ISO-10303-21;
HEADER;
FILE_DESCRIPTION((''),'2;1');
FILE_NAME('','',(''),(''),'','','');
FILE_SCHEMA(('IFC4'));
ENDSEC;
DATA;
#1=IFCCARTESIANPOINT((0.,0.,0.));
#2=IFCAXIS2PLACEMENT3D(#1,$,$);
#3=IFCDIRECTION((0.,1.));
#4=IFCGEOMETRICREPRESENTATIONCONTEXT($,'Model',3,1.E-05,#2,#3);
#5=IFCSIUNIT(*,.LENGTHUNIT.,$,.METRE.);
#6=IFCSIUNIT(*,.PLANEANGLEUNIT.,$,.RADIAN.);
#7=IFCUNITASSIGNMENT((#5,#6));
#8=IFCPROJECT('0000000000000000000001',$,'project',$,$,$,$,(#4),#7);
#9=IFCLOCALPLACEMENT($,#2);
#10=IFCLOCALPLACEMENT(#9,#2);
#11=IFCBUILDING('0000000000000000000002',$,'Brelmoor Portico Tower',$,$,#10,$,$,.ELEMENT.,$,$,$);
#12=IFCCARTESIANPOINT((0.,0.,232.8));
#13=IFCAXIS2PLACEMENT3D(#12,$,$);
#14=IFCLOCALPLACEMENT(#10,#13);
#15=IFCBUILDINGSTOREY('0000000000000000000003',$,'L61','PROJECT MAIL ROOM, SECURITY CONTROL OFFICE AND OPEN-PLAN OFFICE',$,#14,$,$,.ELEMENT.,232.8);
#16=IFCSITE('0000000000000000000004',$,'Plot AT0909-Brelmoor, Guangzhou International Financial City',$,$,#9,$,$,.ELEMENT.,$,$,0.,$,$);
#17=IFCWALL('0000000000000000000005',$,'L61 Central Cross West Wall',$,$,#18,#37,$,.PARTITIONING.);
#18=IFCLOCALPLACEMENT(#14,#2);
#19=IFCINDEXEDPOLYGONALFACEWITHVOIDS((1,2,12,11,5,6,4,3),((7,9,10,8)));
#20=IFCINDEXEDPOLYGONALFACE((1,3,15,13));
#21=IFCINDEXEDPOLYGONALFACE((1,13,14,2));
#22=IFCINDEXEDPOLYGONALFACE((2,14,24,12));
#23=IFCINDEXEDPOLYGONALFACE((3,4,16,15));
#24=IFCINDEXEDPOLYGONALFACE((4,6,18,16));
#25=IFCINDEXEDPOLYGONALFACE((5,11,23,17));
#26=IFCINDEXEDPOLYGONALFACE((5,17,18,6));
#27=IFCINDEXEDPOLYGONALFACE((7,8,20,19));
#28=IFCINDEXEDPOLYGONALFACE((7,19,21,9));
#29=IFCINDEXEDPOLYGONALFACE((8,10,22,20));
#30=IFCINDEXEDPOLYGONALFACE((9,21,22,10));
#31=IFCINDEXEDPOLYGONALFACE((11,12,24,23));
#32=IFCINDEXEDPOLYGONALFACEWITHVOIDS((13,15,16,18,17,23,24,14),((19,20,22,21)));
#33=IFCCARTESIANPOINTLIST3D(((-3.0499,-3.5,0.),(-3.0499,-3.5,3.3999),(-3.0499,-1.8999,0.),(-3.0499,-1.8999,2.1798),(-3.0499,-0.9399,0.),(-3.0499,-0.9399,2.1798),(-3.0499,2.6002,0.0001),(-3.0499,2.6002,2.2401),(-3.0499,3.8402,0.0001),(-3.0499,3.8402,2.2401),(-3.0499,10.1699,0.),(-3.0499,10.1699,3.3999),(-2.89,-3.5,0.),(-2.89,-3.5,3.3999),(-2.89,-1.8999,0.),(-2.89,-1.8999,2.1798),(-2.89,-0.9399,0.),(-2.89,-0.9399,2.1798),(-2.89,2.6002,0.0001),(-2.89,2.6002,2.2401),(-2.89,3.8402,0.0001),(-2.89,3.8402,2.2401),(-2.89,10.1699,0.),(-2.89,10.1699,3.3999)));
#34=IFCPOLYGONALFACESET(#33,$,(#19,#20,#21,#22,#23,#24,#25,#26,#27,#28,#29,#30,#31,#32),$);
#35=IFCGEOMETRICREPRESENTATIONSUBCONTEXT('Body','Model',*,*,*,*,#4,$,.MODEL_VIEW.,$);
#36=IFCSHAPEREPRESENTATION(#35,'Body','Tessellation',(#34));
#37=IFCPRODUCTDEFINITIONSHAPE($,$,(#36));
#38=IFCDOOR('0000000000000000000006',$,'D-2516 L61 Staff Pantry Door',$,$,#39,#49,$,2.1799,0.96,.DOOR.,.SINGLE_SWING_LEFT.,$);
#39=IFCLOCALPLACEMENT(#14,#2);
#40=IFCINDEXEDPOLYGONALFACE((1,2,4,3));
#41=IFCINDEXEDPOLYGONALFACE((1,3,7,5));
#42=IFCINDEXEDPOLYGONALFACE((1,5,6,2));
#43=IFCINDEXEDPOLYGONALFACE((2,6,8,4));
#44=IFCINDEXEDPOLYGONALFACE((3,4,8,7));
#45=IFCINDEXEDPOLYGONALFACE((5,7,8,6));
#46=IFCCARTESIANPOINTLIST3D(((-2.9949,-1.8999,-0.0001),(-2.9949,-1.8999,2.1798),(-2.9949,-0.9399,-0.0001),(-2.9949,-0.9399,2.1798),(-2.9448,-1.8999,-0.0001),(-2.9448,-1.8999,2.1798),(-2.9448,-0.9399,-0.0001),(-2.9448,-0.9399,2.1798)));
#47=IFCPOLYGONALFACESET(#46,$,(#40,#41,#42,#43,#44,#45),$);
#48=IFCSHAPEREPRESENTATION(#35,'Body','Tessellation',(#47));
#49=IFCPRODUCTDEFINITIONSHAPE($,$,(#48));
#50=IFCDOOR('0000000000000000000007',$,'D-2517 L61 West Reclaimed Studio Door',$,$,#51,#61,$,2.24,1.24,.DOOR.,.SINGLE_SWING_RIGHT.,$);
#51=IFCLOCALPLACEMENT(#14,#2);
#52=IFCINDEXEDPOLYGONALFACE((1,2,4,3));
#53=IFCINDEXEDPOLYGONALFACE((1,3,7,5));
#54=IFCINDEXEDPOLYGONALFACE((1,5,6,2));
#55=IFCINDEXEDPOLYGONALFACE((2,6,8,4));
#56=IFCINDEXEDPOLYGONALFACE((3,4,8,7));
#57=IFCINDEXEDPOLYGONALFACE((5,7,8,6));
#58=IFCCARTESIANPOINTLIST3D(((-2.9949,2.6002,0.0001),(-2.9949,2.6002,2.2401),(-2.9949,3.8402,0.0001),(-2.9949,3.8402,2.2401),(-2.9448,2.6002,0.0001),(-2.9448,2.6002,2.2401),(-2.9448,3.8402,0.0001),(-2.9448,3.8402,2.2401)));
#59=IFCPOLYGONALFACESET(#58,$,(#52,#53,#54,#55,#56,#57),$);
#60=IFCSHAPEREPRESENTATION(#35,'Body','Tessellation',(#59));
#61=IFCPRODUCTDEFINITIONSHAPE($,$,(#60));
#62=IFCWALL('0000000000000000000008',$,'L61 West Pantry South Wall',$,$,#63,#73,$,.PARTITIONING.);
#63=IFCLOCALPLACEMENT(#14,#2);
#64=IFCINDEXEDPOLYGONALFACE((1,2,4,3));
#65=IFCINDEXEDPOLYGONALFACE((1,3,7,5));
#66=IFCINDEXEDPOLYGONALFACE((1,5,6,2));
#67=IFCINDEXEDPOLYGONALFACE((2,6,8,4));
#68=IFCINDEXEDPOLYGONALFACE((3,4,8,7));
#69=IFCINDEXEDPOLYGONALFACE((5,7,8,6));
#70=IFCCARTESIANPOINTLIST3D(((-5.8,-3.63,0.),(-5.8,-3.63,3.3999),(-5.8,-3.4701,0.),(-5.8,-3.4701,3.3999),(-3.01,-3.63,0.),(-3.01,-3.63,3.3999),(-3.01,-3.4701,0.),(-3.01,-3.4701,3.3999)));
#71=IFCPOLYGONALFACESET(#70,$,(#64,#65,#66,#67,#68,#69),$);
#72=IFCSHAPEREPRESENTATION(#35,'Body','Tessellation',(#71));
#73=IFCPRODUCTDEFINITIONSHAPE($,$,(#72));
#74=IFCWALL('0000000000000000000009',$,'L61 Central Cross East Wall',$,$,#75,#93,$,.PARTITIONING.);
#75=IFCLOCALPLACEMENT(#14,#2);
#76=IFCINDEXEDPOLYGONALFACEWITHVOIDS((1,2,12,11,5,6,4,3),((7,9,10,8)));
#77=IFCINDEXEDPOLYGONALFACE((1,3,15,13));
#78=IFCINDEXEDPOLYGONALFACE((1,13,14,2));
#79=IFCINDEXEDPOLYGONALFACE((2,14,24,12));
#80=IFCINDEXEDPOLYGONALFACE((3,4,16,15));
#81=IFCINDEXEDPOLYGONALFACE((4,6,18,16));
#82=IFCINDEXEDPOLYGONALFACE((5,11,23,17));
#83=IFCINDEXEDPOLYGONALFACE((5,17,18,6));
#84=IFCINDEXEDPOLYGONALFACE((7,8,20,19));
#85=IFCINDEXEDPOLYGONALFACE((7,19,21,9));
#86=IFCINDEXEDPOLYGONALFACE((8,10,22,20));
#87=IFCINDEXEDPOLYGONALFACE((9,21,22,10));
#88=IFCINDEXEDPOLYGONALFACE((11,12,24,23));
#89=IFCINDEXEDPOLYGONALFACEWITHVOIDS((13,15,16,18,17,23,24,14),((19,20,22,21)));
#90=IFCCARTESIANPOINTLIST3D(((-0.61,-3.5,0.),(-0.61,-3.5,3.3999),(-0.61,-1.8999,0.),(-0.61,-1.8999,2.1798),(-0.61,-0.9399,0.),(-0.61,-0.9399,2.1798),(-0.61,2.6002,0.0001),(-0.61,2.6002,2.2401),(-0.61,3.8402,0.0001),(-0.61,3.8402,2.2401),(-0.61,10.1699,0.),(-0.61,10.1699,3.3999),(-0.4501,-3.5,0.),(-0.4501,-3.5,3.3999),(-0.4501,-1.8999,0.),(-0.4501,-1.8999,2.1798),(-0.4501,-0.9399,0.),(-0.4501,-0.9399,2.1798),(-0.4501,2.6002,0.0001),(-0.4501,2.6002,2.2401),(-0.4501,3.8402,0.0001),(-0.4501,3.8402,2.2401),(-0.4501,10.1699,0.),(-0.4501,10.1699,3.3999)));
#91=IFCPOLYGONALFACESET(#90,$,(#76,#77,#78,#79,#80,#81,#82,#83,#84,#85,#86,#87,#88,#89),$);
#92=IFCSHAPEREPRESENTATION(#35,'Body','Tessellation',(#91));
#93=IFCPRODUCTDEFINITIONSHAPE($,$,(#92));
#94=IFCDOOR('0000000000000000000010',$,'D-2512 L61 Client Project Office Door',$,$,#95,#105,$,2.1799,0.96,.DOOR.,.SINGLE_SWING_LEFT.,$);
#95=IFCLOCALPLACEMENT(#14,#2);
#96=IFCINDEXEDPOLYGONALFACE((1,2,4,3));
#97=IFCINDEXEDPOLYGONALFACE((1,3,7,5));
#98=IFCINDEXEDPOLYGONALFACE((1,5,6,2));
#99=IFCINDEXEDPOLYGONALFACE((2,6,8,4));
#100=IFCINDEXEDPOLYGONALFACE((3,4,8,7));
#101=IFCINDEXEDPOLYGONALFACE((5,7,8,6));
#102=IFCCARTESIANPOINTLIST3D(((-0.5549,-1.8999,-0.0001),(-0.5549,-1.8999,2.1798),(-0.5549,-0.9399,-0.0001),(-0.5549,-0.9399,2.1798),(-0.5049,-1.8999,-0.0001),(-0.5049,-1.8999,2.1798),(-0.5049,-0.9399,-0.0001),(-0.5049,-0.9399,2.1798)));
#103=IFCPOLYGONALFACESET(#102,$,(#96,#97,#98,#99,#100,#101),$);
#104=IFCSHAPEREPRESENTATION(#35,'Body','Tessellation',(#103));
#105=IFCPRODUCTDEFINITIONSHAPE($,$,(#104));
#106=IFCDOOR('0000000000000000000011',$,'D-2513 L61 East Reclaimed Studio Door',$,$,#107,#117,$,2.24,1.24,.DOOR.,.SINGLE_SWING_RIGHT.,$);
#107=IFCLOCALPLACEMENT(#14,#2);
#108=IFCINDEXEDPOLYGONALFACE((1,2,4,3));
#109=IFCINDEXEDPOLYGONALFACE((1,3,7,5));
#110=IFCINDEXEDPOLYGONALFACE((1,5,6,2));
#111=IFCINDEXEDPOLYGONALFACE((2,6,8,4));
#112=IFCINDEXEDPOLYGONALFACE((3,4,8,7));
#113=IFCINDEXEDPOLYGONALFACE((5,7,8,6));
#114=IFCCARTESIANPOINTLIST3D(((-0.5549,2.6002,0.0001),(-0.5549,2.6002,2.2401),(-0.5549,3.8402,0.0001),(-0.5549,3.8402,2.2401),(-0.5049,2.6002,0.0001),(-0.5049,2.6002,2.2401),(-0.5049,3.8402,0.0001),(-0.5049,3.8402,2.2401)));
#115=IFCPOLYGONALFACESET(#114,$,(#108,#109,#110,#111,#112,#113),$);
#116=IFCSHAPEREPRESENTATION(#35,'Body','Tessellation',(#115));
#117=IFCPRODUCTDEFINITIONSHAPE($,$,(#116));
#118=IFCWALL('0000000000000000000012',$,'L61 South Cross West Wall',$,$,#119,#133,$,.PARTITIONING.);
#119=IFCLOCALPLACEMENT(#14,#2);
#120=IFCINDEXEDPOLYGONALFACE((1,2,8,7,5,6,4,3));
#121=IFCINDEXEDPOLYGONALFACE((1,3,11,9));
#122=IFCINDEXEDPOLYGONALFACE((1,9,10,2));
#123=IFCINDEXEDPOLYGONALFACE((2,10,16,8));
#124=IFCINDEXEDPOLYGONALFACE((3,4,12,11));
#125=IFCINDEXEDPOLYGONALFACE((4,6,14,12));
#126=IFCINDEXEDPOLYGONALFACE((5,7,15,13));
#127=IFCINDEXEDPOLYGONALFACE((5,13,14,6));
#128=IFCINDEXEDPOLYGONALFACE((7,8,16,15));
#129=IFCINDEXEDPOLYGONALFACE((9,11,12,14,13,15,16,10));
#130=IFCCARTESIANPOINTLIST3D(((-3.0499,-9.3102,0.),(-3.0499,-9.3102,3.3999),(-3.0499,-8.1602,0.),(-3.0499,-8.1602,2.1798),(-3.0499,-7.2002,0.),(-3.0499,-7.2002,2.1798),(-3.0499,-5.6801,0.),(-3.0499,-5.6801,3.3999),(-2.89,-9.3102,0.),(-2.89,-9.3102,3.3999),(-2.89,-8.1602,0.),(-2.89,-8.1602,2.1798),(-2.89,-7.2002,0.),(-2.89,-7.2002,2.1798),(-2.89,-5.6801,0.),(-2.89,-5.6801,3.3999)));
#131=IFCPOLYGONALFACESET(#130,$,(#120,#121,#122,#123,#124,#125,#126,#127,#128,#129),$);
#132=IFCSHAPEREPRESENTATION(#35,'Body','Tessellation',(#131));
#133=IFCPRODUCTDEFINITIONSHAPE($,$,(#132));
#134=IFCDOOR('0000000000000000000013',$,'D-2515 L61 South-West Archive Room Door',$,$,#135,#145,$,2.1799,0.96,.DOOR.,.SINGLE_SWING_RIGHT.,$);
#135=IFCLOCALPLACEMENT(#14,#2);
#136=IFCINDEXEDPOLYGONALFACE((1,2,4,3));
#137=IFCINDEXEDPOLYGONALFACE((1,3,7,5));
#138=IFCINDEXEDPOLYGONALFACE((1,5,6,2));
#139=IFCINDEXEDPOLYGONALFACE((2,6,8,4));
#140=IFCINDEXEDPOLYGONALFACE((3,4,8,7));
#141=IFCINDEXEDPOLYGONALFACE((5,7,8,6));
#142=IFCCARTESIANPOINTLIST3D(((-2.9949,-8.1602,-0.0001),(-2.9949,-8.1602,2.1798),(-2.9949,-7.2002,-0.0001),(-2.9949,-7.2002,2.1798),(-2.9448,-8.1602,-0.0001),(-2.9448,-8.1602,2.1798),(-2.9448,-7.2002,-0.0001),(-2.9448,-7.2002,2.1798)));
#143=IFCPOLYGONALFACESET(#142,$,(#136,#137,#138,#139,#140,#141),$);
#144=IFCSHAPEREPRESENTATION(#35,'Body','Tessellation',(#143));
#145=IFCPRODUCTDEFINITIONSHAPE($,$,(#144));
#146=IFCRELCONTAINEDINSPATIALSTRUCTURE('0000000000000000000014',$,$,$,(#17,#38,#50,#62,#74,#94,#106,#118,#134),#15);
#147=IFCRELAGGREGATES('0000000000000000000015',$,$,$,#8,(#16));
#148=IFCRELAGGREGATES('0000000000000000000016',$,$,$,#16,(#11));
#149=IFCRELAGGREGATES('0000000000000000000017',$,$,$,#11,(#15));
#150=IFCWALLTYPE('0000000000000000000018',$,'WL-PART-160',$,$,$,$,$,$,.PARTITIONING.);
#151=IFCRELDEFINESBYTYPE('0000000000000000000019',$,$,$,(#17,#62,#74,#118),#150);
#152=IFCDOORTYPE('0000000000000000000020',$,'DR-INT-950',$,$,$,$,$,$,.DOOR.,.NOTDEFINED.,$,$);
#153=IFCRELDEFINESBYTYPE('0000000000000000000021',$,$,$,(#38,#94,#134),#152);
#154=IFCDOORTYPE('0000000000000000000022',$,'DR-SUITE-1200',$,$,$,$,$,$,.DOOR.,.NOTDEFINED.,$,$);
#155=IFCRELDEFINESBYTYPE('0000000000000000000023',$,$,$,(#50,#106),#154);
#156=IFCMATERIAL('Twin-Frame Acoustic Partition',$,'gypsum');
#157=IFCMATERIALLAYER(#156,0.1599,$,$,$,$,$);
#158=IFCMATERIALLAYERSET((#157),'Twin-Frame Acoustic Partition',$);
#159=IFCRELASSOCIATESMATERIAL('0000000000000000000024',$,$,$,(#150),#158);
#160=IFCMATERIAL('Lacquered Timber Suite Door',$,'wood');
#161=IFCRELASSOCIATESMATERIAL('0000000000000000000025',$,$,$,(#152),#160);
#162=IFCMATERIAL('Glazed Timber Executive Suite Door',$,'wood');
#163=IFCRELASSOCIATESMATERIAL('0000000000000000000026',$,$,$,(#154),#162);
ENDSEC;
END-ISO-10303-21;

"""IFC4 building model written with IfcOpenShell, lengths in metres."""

from ifc_helpers import new_model, si_unit, direction, frame, frame_2d, origin, place, context, subcontext, project, spatial, rectangle, extrude, material, layer, layer_set, type_object, element, fill, save


model = new_model("IFC4")

# Units and contexts
model_context = context("Model", 3, precision=1e-05, world=origin(), true_north=direction((0.0, 1.0)))
body_context = subcontext(model_context, "Body", "Model", "MODEL_VIEW")
ifc_project = project(units=[si_unit("LENGTHUNIT", "METRE"), si_unit("PLANEANGLEUNIT", "RADIAN")], contexts=[model_context])

# Site, building, storey
site_placement = place(None, origin())
site = spatial("IfcSite", under=ifc_project, at=site_placement, Name="Plot AT0909-Brelmoor, Guangzhou International Financial City", CompositionType="ELEMENT", RefElevation=0.0)
building_placement = place(site_placement, origin())
building = spatial("IfcBuilding", under=site, at=building_placement, Name="Brelmoor Portico Tower", CompositionType="ELEMENT")
storey_placement = place(building_placement, frame((0.0, 0.0, 232.8)))
storey = spatial("IfcBuildingStorey", under=building, at=storey_placement, Name="L61", Description="PROJECT MAIL ROOM, SECURITY CONTROL OFFICE AND OPEN-PLAN OFFICE", CompositionType="ELEMENT", Elevation=232.8)

# Wall, openings, doors
ifc_material_1 = material(Name="Twin-Frame Acoustic Partition", Category="gypsum")
ifc_layer_1 = layer(ifc_material_1, 0.1599)
ifc_layer_set_1 = layer_set([ifc_layer_1], Name="Twin-Frame Acoustic Partition")
wall_type_1 = type_object("IfcWallType", Name="WL-PART-160", PredefinedType="PARTITIONING", material=ifc_layer_set_1)
wall_1_placement = place(storey_placement, frame((-2.97, -3.5, 0.0), z_axis=(0.0, 0.0, 1.0), x_axis=(0.0, 1.0, 0.0)))
wall_1 = element("IfcWall", 1, at=wall_1_placement, inside=storey, type_object=wall_type_1, Name="L61 Central Cross West Wall", PredefinedType="PARTITIONING", context=body_context, shape_type="SweptSolid", body=[
    extrude(rectangle(XDim=13.6699, YDim=0.1599, at=frame_2d((6.835, 0.0))), origin(), (0.0, 0.0, 1.0), 3.3999),
])
opening_1_placement = place(wall_1_placement, frame((6.1001, 0.0, 0.0)))
opening_1 = element("IfcOpeningElement", 2, at=opening_1_placement, cuts=wall_1, PredefinedType="OPENING", context=body_context, shape_type="SweptSolid", body=[
    extrude(rectangle(XDim=1.24, YDim=2.24, at=frame_2d((0.6201, 1.1201))), frame((0.0, 0.0898, 0.0), z_axis=(0.0, -1.0, 0.0), x_axis=(1.0, 0.0, 0.0)), (0.0, 0.0, 1.0), 0.1799),
])
opening_2_placement = place(wall_1_placement, frame((1.6001, 0.0, 0.0)))
opening_2 = element("IfcOpeningElement", 3, at=opening_2_placement, cuts=wall_1, PredefinedType="OPENING", context=body_context, shape_type="SweptSolid", body=[
    extrude(rectangle(XDim=0.96, YDim=2.1799, at=frame_2d((0.48, 1.0898))), frame((0.0, 0.0898, 0.0), z_axis=(0.0, -1.0, 0.0), x_axis=(1.0, 0.0, 0.0)), (0.0, 0.0, 1.0), 0.1799),
])
ifc_material_2 = material(Name="Lacquered Timber Suite Door", Category="wood")
door_type_1 = type_object("IfcDoorType", Name="DR-INT-950", OperationType="NOTDEFINED", PredefinedType="DOOR", material=ifc_material_2)
door_1_placement = place(opening_2_placement, origin())
door_1 = element("IfcDoor", 4, at=door_1_placement, inside=storey, type_object=door_type_1, Name="D-2516 L61 Staff Pantry Door", OperationType="SINGLE_SWING_LEFT", OverallHeight=2.1799, OverallWidth=0.96, PredefinedType="DOOR", context=body_context, shape_type="SweptSolid", body=[
    extrude(rectangle(XDim=0.96, YDim=2.1799, at=frame_2d((0.48, 1.0898))), frame((0.0, 0.0249, 0.0), z_axis=(0.0, -1.0, 0.0), x_axis=(1.0, 0.0, 0.0)), (0.0, 0.0, 1.0), 0.05),
])
fill(opening_2, door_1)
ifc_material_3 = material(Name="Glazed Timber Executive Suite Door", Category="wood")
door_type_2 = type_object("IfcDoorType", Name="DR-SUITE-1200", OperationType="NOTDEFINED", PredefinedType="DOOR", material=ifc_material_3)
door_2_placement = place(opening_1_placement, origin())
door_2 = element("IfcDoor", 5, at=door_2_placement, inside=storey, type_object=door_type_2, Name="D-2517 L61 West Reclaimed Studio Door", OperationType="SINGLE_SWING_RIGHT", OverallHeight=2.24, OverallWidth=1.24, PredefinedType="DOOR", context=body_context, shape_type="SweptSolid", body=[
    extrude(rectangle(XDim=1.24, YDim=2.24, at=frame_2d((0.6201, 1.1201))), frame((0.0, 0.0249, 0.0), z_axis=(0.0, -1.0, 0.0), x_axis=(1.0, 0.0, 0.0)), (0.0, 0.0, 1.0), 0.05),
])
fill(opening_1, door_2)

# Wall
wall_2_placement = place(storey_placement, frame((-5.8, -3.55, 0.0), z_axis=(0.0, 0.0, 1.0), x_axis=(1.0, 0.0, 0.0)))
element("IfcWall", 6, at=wall_2_placement, inside=storey, type_object=wall_type_1, Name="L61 West Pantry South Wall", PredefinedType="PARTITIONING", context=body_context, shape_type="SweptSolid", body=[
    extrude(rectangle(XDim=2.79, YDim=0.1599, at=frame_2d((1.395, 0.0))), origin(), (0.0, 0.0, 1.0), 3.3999),
])

# Wall, openings, doors
wall_3_placement = place(storey_placement, frame((-0.53, -3.5, 0.0), z_axis=(0.0, 0.0, 1.0), x_axis=(0.0, 1.0, 0.0)))
wall_3 = element("IfcWall", 7, at=wall_3_placement, inside=storey, type_object=wall_type_1, Name="L61 Central Cross East Wall", PredefinedType="PARTITIONING", context=body_context, shape_type="SweptSolid", body=[
    extrude(rectangle(XDim=13.6699, YDim=0.1599, at=frame_2d((6.835, 0.0))), origin(), (0.0, 0.0, 1.0), 3.3999),
])
opening_3_placement = place(wall_3_placement, frame((6.1001, 0.0, 0.0)))
opening_3 = element("IfcOpeningElement", 8, at=opening_3_placement, cuts=wall_3, PredefinedType="OPENING", context=body_context, shape_type="SweptSolid", body=[
    extrude(rectangle(XDim=1.24, YDim=2.24, at=frame_2d((0.6201, 1.1201))), frame((0.0, 0.0898, 0.0), z_axis=(0.0, -1.0, 0.0), x_axis=(1.0, 0.0, 0.0)), (0.0, 0.0, 1.0), 0.1799),
])
opening_4_placement = place(wall_3_placement, frame((1.6001, 0.0, 0.0)))
opening_4 = element("IfcOpeningElement", 9, at=opening_4_placement, cuts=wall_3, PredefinedType="OPENING", context=body_context, shape_type="SweptSolid", body=[
    extrude(rectangle(XDim=0.96, YDim=2.1799, at=frame_2d((0.48, 1.0898))), frame((0.0, 0.0898, 0.0), z_axis=(0.0, -1.0, 0.0), x_axis=(1.0, 0.0, 0.0)), (0.0, 0.0, 1.0), 0.1799),
])
door_3_placement = place(opening_4_placement, origin())
door_3 = element("IfcDoor", 10, at=door_3_placement, inside=storey, type_object=door_type_1, Name="D-2512 L61 Client Project Office Door", OperationType="SINGLE_SWING_LEFT", OverallHeight=2.1799, OverallWidth=0.96, PredefinedType="DOOR", context=body_context, shape_type="SweptSolid", body=[
    extrude(rectangle(XDim=0.96, YDim=2.1799, at=frame_2d((0.48, 1.0898))), frame((0.0, 0.0249, 0.0), z_axis=(0.0, -1.0, 0.0), x_axis=(1.0, 0.0, 0.0)), (0.0, 0.0, 1.0), 0.05),
])
fill(opening_4, door_3)
door_4_placement = place(opening_3_placement, origin())
door_4 = element("IfcDoor", 11, at=door_4_placement, inside=storey, type_object=door_type_2, Name="D-2513 L61 East Reclaimed Studio Door", OperationType="SINGLE_SWING_RIGHT", OverallHeight=2.24, OverallWidth=1.24, PredefinedType="DOOR", context=body_context, shape_type="SweptSolid", body=[
    extrude(rectangle(XDim=1.24, YDim=2.24, at=frame_2d((0.6201, 1.1201))), frame((0.0, 0.0249, 0.0), z_axis=(0.0, -1.0, 0.0), x_axis=(1.0, 0.0, 0.0)), (0.0, 0.0, 1.0), 0.05),
])
fill(opening_3, door_4)

# Wall, opening, door
wall_4_placement = place(storey_placement, frame((-2.97, -9.3101, 0.0), z_axis=(0.0, 0.0, 1.0), x_axis=(0.0, 1.0, 0.0)))
wall_4 = element("IfcWall", 12, at=wall_4_placement, inside=storey, type_object=wall_type_1, Name="L61 South Cross West Wall", PredefinedType="PARTITIONING", context=body_context, shape_type="SweptSolid", body=[
    extrude(rectangle(XDim=3.6301, YDim=0.1599, at=frame_2d((1.8149, 0.0))), origin(), (0.0, 0.0, 1.0), 3.3999),
])
opening_5_placement = place(wall_4_placement, frame((1.1499, 0.0, 0.0)))
opening_5 = element("IfcOpeningElement", 13, at=opening_5_placement, cuts=wall_4, PredefinedType="OPENING", context=body_context, shape_type="SweptSolid", body=[
    extrude(rectangle(XDim=0.96, YDim=2.1799, at=frame_2d((0.48, 1.0898))), frame((0.0, 0.0898, 0.0), z_axis=(0.0, -1.0, 0.0), x_axis=(1.0, 0.0, 0.0)), (0.0, 0.0, 1.0), 0.1799),
])
door_5_placement = place(opening_5_placement, origin())
door_5 = element("IfcDoor", 14, at=door_5_placement, inside=storey, type_object=door_type_1, Name="D-2515 L61 South-West Archive Room Door", OperationType="SINGLE_SWING_RIGHT", OverallHeight=2.1799, OverallWidth=0.96, PredefinedType="DOOR", context=body_context, shape_type="SweptSolid", body=[
    extrude(rectangle(XDim=0.96, YDim=2.1799, at=frame_2d((0.48, 1.0898))), frame((0.0, 0.0249, 0.0), z_axis=(0.0, -1.0, 0.0), x_axis=(1.0, 0.0, 0.0)), (0.0, 0.0, 1.0), 0.05),
])
fill(opening_5, door_5)

save(model, "model.ifc")
